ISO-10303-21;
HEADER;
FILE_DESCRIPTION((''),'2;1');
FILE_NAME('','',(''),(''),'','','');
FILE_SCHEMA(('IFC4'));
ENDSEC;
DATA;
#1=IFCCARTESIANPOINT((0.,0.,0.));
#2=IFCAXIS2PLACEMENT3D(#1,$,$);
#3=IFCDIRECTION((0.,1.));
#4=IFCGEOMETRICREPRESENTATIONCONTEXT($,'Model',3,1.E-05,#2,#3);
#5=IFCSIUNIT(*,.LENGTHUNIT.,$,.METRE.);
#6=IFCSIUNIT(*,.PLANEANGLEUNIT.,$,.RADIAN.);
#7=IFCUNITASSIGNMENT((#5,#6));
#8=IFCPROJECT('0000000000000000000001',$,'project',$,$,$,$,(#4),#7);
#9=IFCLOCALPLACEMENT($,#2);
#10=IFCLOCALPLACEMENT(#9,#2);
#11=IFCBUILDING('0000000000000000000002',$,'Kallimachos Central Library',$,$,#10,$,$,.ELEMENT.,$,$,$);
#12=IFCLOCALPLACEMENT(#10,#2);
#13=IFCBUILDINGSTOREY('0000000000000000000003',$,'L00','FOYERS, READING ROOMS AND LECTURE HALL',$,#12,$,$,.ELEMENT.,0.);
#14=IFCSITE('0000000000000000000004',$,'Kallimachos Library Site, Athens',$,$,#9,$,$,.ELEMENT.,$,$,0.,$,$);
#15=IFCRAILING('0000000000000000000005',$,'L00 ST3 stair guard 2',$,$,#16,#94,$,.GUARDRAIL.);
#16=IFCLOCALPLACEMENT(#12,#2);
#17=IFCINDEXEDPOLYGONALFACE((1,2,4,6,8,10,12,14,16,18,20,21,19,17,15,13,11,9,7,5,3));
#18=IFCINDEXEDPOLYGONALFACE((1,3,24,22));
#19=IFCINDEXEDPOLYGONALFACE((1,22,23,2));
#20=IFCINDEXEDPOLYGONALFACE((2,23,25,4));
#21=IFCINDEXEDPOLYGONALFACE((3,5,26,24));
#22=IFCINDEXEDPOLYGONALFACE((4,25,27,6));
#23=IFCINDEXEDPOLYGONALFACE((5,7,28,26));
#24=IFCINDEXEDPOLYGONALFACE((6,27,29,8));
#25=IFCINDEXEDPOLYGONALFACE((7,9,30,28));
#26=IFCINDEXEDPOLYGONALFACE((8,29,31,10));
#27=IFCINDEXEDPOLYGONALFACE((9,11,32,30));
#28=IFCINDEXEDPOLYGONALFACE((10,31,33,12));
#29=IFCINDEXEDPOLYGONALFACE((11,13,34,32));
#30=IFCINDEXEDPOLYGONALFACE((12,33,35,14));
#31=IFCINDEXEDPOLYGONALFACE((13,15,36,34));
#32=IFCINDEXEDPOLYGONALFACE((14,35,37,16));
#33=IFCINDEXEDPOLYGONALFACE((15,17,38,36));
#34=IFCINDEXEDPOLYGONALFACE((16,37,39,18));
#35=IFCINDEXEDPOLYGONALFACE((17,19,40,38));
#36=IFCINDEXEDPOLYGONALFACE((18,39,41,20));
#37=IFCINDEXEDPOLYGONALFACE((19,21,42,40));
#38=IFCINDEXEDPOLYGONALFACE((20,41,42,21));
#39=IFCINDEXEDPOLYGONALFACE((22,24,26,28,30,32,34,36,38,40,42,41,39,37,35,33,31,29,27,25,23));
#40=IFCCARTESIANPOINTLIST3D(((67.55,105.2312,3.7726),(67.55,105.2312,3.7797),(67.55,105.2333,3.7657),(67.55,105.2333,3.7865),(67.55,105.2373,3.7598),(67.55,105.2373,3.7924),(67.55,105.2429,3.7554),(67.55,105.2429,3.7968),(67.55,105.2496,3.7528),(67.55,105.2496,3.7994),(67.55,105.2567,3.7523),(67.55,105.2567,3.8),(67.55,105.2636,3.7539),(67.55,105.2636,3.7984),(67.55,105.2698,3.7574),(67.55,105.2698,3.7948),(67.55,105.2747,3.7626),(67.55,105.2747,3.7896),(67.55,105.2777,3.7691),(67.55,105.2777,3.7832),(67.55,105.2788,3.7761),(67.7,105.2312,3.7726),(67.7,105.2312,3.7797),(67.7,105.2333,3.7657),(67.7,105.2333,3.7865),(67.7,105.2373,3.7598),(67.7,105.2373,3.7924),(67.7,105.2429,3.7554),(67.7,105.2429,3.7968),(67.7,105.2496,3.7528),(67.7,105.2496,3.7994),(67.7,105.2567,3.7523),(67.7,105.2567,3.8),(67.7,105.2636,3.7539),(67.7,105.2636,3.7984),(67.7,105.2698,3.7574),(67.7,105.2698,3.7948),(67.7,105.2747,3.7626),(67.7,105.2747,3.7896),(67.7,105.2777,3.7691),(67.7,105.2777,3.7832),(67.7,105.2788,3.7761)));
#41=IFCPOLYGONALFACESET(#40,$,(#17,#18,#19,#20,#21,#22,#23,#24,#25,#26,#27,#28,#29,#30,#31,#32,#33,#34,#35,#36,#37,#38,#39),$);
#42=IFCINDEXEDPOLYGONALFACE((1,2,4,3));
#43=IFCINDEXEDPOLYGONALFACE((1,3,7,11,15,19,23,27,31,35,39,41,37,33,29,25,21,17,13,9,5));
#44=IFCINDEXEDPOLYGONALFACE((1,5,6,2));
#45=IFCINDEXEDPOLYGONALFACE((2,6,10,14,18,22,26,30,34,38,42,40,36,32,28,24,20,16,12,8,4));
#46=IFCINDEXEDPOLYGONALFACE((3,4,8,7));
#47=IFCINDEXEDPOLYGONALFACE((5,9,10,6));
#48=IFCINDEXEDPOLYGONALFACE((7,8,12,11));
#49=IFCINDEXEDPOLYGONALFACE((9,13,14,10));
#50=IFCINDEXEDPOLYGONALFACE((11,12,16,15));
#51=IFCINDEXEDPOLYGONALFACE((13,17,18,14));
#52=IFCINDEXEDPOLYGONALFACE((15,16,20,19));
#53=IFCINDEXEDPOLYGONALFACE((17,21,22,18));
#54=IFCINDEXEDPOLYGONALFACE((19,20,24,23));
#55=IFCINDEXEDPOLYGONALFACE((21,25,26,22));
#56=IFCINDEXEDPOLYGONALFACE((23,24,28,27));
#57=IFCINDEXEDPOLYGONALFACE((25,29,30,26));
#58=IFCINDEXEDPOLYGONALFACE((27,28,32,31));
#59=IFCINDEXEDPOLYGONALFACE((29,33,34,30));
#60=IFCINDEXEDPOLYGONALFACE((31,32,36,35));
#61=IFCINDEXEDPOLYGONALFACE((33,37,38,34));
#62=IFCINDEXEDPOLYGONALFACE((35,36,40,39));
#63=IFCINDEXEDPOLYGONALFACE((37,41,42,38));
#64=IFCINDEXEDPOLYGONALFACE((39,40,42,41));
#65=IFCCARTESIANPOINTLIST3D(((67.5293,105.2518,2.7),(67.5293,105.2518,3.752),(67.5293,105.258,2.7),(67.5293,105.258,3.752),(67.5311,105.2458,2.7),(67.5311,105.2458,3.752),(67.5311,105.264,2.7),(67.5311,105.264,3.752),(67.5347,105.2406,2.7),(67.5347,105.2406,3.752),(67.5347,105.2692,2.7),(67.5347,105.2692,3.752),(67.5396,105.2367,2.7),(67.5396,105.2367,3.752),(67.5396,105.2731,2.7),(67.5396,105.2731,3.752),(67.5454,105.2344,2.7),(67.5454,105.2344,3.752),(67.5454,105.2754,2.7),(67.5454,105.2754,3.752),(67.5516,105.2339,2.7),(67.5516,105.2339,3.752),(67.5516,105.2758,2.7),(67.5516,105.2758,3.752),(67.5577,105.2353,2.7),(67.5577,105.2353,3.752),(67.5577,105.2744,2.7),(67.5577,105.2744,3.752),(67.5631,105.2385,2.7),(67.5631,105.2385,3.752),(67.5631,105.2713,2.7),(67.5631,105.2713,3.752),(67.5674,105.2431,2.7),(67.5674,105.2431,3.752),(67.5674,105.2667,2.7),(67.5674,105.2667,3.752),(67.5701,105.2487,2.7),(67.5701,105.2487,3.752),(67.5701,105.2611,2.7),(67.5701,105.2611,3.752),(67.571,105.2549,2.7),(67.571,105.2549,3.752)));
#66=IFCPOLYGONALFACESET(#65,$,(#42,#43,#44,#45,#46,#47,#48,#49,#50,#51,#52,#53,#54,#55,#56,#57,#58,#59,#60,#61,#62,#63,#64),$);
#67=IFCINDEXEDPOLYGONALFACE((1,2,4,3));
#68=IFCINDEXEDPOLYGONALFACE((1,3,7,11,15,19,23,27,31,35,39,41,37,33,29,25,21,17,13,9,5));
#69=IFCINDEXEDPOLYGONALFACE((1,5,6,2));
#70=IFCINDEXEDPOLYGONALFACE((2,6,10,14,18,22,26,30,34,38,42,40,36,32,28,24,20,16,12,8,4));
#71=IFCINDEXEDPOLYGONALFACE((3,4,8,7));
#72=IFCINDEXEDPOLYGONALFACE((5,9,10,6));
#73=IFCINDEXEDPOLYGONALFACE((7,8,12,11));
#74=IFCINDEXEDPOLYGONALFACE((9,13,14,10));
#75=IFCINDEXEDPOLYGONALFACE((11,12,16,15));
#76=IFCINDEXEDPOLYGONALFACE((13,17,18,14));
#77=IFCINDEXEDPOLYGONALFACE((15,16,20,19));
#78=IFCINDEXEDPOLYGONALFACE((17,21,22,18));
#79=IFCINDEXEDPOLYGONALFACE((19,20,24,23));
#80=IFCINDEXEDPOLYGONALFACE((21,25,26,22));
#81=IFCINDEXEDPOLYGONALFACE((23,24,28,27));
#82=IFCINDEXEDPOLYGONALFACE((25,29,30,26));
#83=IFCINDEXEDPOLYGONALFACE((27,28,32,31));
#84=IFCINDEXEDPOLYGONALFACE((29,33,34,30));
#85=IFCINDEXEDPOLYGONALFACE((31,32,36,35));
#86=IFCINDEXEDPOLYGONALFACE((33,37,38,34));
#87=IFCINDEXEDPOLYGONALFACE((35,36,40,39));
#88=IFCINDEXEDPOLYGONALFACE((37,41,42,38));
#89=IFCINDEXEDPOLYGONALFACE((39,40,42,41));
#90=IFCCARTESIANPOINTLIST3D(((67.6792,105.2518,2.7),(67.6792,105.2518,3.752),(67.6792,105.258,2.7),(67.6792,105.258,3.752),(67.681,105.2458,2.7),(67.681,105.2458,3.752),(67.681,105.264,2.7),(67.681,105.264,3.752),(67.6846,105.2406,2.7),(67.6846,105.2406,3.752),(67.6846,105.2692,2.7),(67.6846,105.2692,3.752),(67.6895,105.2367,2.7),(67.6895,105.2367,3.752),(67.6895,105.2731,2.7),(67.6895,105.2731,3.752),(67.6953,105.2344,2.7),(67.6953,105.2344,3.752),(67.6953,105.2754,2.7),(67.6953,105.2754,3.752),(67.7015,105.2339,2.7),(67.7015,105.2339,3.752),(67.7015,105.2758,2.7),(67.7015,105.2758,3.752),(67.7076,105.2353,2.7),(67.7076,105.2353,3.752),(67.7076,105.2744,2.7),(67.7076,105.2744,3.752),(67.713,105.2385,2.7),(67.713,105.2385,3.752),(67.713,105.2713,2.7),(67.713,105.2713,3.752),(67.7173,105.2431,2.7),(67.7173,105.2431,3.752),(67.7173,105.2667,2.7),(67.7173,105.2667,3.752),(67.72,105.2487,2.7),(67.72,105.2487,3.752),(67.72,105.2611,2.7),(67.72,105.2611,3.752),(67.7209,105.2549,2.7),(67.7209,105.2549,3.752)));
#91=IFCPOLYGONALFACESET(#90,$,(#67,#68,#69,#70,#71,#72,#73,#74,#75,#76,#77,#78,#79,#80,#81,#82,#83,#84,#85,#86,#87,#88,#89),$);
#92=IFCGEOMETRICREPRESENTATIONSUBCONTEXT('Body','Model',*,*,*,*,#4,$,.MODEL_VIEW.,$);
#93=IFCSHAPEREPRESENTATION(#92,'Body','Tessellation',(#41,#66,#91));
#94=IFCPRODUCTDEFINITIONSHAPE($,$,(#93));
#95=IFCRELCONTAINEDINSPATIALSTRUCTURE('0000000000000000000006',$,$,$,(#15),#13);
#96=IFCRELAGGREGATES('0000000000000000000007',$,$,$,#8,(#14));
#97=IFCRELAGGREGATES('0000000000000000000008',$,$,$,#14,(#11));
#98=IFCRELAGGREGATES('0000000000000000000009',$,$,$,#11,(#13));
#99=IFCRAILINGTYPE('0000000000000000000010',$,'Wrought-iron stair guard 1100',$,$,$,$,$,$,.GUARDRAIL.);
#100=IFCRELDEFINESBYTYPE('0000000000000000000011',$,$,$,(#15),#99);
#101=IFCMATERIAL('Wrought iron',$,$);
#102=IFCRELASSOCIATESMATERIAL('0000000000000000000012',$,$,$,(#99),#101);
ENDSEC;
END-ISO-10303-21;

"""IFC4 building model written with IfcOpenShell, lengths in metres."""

from ifc_helpers import new_model, si_unit, direction, frame, origin, origin_2d, place, context, subcontext, project, spatial, circle, extrude, material, type_object, element, save


model = new_model("IFC4")

# Units and contexts
model_context = context("Model", 3, precision=1e-05, world=origin(), true_north=direction((0.0, 1.0)))
body_context = subcontext(model_context, "Body", "Model", "MODEL_VIEW")
ifc_project = project(units=[si_unit("LENGTHUNIT", "METRE"), si_unit("PLANEANGLEUNIT", "RADIAN")], contexts=[model_context])

# Site, building, storey
site_placement = place(None, origin())
site = spatial("IfcSite", under=ifc_project, at=site_placement, Name="Kallimachos Library Site, Athens", CompositionType="ELEMENT", RefElevation=0.0)
building_placement = place(site_placement, origin())
building = spatial("IfcBuilding", under=site, at=building_placement, Name="Kallimachos Central Library", CompositionType="ELEMENT")
storey_placement = place(building_placement, origin())
storey = spatial("IfcBuildingStorey", under=building, at=storey_placement, Name="L00", Description="FOYERS, READING ROOMS AND LECTURE HALL", CompositionType="ELEMENT", Elevation=0.0)

# Railing
ifc_material_1 = material(Name="Wrought iron")
railing_type_1 = type_object("IfcRailingType", Name="Wrought-iron stair guard 1100", PredefinedType="GUARDRAIL", material=ifc_material_1)
railing_1_placement = place(storey_placement, frame((67.55, 105.2549, 2.7)))
element("IfcRailing", 1, at=railing_1_placement, inside=storey, type_object=railing_type_1, Name="L00 ST3 stair guard 2", PredefinedType="GUARDRAIL", context=body_context, shape_type="SweptSolid", body=[
    extrude(circle(Radius=0.0239, at=origin_2d()), frame((0.0, 0.0, 1.0762), z_axis=(1.0, 0.0, 0.0), x_axis=(0.0, 1.0, 0.0)), (0.0, 0.0, 1.0), 0.1499),
    extrude(circle(Radius=0.021, at=origin_2d()), origin(), (0.0, 0.0, 1.0), 1.052),
    extrude(circle(Radius=0.021, at=origin_2d()), frame((0.1499, 0.0, 0.0)), (0.0, 0.0, 1.0), 1.052),
])

save(model, "model.ifc")
